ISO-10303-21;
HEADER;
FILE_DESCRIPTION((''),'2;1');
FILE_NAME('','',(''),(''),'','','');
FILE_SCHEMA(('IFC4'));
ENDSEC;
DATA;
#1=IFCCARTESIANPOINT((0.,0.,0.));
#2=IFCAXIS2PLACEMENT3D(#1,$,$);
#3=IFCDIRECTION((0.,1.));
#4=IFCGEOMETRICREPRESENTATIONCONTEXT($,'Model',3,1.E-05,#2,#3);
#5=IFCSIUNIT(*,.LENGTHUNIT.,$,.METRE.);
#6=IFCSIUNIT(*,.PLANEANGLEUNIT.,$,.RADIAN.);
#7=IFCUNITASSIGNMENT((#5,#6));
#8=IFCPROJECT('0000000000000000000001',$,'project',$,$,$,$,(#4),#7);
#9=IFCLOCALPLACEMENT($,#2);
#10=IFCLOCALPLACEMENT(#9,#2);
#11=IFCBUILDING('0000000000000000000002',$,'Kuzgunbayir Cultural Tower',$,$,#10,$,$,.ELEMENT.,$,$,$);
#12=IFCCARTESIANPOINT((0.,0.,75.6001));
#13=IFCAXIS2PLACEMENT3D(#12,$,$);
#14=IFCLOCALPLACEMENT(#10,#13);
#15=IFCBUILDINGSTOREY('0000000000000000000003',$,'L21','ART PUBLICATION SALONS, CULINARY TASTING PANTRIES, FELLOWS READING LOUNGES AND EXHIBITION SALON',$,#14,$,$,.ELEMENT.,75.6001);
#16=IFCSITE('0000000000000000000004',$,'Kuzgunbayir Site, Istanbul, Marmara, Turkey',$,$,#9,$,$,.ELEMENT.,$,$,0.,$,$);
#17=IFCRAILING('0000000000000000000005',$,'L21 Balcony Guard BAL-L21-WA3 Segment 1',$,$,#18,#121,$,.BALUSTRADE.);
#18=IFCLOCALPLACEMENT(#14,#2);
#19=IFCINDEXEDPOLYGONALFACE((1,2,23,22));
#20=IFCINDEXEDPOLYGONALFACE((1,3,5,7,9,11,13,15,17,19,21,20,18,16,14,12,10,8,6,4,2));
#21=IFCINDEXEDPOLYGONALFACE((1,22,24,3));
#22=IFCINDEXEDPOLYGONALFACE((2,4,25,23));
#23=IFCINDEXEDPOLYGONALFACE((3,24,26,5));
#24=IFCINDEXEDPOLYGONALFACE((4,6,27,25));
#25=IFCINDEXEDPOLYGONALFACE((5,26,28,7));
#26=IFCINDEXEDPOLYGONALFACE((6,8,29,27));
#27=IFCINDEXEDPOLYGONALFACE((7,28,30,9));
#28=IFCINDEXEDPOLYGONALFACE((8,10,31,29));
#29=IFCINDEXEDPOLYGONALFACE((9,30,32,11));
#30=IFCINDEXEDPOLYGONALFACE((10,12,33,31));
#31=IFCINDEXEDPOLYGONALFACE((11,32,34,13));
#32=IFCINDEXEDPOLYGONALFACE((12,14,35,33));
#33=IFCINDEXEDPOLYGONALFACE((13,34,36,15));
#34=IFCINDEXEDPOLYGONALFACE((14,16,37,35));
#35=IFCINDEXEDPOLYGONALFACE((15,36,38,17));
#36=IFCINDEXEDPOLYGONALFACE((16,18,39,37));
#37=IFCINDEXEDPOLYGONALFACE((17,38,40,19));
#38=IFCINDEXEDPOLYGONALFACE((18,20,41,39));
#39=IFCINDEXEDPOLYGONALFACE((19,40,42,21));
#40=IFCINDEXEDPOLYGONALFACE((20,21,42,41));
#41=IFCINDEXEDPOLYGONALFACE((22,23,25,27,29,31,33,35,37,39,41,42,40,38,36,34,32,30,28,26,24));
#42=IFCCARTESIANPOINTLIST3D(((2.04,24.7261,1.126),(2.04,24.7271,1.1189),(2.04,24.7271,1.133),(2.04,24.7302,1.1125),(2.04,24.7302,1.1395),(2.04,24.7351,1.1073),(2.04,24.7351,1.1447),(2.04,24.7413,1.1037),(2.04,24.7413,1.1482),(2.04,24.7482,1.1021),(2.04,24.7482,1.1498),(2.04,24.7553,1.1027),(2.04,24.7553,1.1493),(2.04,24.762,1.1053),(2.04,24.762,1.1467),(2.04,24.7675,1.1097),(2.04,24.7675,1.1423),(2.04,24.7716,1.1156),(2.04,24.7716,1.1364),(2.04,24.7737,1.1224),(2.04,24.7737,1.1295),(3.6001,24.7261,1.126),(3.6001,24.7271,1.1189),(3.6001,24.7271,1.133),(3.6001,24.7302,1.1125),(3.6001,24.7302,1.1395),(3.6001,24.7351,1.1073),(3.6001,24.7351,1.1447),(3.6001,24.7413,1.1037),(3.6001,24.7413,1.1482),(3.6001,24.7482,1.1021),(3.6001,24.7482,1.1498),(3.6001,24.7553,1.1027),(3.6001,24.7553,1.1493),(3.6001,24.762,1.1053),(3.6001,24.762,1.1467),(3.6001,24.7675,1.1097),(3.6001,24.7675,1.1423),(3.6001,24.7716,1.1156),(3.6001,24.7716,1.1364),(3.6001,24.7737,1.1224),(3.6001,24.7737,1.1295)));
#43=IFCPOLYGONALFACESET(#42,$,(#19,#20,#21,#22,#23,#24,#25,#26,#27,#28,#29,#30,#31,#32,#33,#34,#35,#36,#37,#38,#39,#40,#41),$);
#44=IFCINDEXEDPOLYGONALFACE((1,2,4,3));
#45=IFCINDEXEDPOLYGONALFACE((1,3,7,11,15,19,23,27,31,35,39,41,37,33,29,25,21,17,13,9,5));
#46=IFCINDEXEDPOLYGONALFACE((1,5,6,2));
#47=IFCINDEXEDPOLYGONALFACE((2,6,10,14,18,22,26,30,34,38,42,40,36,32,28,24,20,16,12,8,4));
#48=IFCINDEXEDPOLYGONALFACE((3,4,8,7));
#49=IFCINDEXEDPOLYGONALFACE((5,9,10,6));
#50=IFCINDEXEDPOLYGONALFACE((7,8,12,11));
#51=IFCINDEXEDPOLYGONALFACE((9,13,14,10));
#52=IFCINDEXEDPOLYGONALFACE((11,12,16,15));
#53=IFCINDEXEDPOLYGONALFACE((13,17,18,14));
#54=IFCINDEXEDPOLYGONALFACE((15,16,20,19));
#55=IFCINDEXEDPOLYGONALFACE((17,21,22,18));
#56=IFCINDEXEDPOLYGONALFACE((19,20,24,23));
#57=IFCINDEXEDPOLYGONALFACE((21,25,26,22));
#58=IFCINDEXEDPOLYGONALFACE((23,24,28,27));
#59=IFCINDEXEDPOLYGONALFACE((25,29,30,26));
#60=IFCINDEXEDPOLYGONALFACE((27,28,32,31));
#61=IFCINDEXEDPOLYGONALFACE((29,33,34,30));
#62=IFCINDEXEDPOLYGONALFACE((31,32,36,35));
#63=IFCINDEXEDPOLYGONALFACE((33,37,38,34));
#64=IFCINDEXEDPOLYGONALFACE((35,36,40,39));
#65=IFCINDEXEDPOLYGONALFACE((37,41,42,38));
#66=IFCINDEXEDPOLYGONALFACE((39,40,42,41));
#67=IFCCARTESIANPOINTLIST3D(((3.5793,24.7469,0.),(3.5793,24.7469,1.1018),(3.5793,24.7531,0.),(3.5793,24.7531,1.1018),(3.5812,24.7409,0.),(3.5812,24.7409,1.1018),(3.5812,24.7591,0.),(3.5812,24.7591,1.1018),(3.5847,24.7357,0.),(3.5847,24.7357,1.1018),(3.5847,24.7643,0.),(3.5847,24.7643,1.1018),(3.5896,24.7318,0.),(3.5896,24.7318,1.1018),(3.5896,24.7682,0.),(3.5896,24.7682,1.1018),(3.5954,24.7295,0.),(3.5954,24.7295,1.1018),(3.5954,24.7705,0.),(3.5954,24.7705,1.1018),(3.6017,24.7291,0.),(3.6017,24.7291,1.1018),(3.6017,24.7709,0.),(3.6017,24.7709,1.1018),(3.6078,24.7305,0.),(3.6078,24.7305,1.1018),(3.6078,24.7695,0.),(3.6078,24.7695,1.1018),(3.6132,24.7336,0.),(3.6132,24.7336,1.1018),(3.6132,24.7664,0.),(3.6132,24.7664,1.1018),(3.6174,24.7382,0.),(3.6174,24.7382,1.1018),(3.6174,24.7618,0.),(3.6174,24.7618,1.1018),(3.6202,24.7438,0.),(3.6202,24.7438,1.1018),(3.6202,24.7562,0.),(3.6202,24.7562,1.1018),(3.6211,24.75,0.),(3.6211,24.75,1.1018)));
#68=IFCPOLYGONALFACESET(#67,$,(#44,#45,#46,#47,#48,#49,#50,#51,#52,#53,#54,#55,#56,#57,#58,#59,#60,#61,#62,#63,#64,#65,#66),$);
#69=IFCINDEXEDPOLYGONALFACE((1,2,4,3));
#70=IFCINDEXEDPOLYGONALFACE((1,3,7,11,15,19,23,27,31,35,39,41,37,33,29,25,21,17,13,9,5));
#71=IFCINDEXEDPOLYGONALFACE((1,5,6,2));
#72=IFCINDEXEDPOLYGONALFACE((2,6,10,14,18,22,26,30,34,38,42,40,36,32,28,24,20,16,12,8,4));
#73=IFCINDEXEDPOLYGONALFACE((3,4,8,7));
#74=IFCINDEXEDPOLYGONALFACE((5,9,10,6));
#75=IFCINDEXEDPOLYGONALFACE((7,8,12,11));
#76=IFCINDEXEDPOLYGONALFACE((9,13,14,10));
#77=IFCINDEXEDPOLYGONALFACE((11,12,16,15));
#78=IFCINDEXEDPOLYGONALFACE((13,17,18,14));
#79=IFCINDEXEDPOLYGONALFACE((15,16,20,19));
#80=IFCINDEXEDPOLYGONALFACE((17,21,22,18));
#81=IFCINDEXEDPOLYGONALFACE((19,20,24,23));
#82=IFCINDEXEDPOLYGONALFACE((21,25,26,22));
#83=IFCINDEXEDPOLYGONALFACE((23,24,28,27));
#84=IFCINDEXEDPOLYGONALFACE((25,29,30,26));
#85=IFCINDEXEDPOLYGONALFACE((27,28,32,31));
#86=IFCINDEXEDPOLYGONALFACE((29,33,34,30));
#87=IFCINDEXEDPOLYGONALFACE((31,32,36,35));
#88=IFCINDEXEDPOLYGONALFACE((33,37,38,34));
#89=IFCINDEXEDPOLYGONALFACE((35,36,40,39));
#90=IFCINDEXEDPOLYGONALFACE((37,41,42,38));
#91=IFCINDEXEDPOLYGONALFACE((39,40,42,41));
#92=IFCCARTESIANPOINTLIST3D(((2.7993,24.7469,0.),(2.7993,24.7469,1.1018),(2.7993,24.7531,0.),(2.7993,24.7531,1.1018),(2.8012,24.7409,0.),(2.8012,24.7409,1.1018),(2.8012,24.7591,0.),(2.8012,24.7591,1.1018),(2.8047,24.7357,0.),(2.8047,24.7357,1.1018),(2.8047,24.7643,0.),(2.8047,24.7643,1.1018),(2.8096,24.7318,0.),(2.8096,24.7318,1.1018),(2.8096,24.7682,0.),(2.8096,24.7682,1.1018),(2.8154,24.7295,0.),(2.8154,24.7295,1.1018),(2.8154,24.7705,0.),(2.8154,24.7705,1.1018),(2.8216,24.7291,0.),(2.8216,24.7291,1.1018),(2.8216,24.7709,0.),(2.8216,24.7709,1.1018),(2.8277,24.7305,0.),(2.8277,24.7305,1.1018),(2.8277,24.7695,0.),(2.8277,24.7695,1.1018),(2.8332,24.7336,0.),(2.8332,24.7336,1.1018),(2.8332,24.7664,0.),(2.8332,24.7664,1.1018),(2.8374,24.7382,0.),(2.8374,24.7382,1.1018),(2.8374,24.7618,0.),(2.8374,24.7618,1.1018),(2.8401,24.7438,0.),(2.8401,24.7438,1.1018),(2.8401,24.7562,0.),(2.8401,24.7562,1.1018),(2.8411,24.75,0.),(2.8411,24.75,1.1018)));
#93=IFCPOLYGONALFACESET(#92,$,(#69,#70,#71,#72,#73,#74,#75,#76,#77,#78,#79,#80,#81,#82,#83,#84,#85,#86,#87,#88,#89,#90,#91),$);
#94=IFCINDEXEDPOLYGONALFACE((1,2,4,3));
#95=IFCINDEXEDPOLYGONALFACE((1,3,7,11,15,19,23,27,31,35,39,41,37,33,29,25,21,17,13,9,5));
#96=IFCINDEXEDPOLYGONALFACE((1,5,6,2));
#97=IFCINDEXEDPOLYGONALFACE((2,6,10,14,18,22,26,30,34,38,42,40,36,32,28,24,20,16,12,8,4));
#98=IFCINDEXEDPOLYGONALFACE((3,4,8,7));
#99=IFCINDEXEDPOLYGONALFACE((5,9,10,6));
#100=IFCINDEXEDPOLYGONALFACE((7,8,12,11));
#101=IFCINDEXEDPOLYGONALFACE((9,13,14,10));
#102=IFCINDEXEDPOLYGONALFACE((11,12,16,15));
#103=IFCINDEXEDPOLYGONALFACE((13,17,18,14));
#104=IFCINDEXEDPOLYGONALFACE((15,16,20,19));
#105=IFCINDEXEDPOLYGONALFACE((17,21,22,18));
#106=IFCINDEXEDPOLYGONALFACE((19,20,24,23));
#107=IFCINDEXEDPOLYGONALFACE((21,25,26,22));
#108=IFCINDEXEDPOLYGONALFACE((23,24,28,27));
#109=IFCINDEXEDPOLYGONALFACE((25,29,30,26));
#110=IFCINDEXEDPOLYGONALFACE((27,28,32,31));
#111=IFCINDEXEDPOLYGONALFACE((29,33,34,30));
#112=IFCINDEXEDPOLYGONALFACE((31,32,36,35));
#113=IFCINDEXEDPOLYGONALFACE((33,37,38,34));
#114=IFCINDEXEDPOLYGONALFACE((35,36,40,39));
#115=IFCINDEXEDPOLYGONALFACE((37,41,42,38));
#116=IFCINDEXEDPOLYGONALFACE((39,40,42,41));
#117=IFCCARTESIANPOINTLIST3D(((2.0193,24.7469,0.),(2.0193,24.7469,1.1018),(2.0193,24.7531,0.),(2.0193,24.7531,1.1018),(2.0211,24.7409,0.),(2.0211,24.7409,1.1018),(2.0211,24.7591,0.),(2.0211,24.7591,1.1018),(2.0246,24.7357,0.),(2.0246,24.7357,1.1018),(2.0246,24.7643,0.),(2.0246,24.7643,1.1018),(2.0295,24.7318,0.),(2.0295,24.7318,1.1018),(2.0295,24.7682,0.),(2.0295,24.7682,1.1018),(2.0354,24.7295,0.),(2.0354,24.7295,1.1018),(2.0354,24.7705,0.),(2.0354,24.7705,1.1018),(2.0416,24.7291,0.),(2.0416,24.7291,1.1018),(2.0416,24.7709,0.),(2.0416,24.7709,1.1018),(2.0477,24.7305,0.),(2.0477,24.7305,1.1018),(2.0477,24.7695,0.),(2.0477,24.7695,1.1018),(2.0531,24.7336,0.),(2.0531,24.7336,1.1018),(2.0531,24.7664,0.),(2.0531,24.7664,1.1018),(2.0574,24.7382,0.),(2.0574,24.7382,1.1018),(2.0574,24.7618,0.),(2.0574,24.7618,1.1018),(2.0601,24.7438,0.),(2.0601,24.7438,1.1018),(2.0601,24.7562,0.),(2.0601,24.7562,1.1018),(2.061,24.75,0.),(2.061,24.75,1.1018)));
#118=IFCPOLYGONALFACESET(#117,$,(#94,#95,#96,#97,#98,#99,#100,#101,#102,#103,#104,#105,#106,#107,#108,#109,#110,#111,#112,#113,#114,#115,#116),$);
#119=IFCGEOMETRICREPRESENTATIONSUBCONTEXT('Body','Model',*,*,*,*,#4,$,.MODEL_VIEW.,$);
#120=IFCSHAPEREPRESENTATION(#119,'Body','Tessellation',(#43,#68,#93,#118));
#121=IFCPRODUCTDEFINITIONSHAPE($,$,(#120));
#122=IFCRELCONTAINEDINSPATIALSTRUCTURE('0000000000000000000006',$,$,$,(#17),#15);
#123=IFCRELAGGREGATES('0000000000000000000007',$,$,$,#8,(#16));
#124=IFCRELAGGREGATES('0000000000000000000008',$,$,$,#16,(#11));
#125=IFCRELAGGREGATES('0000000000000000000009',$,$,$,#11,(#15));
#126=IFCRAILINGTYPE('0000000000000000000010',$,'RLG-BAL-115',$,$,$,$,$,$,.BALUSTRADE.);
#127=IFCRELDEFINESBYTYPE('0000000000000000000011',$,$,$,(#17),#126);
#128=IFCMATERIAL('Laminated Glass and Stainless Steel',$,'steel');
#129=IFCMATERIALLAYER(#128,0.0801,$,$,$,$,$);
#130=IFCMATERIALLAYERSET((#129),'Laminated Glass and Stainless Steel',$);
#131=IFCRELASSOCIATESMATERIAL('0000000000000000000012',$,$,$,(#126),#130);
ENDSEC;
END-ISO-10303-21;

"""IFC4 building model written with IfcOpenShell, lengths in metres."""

from ifc_helpers import new_model, si_unit, direction, frame, origin, origin_2d, place, context, subcontext, project, spatial, circle, extrude, material, layer, layer_set, type_object, element, save


model = new_model("IFC4")

# Units and contexts
model_context = context("Model", 3, precision=1e-05, world=origin(), true_north=direction((0.0, 1.0)))
body_context = subcontext(model_context, "Body", "Model", "MODEL_VIEW")
ifc_project = project(units=[si_unit("LENGTHUNIT", "METRE"), si_unit("PLANEANGLEUNIT", "RADIAN")], contexts=[model_context])

# Site, building, storey
site_placement = place(None, origin())
site = spatial("IfcSite", under=ifc_project, at=site_placement, Name="Kuzgunbayir Site, Istanbul, Marmara, Turkey", CompositionType="ELEMENT", RefElevation=0.0)
building_placement = place(site_placement, origin())
building = spatial("IfcBuilding", under=site, at=building_placement, Name="Kuzgunbayir Cultural Tower", CompositionType="ELEMENT")
storey_placement = place(building_placement, frame((0.0, 0.0, 75.6001)))
storey = spatial("IfcBuildingStorey", under=building, at=storey_placement, Name="L21", Description="ART PUBLICATION SALONS, CULINARY TASTING PANTRIES, FELLOWS READING LOUNGES AND EXHIBITION SALON", CompositionType="ELEMENT", Elevation=75.6001)

# Railing
ifc_material_1 = material(Name="Laminated Glass and Stainless Steel", Category="steel")
ifc_layer_1 = layer(ifc_material_1, 0.0801)
ifc_layer_set_1 = layer_set([ifc_layer_1], Name="Laminated Glass and Stainless Steel")
railing_type = type_object("IfcRailingType", Name="RLG-BAL-115", PredefinedType="BALUSTRADE", material=ifc_layer_set_1)
railing_1_placement = place(storey_placement, frame((3.6001, 24.75, 0.0)))
element("IfcRailing", 1, at=railing_1_placement, inside=storey, type_object=railing_type, Name="L21 Balcony Guard BAL-L21-WA3 Segment 1", PredefinedType="BALUSTRADE", context=body_context, shape_type="SweptSolid", body=[
    extrude(circle(Radius=0.0239, at=origin_2d()), frame((0.0, 0.0, 1.126), z_axis=(-1.0, 0.0, 0.0), x_axis=(0.0, -1.0, 0.0)), (0.0, 0.0, 1.0), 1.5601),
    extrude(circle(Radius=0.021, at=origin_2d()), origin(), (0.0, 0.0, 1.0), 1.1018),
    extrude(circle(Radius=0.021, at=origin_2d()), frame((-0.78, 0.0, 0.0)), (0.0, 0.0, 1.0), 1.1018),
    extrude(circle(Radius=0.021, at=origin_2d()), frame((-1.5601, 0.0, 0.0)), (0.0, 0.0, 1.0), 1.1018),
])

save(model, "model.ifc")
